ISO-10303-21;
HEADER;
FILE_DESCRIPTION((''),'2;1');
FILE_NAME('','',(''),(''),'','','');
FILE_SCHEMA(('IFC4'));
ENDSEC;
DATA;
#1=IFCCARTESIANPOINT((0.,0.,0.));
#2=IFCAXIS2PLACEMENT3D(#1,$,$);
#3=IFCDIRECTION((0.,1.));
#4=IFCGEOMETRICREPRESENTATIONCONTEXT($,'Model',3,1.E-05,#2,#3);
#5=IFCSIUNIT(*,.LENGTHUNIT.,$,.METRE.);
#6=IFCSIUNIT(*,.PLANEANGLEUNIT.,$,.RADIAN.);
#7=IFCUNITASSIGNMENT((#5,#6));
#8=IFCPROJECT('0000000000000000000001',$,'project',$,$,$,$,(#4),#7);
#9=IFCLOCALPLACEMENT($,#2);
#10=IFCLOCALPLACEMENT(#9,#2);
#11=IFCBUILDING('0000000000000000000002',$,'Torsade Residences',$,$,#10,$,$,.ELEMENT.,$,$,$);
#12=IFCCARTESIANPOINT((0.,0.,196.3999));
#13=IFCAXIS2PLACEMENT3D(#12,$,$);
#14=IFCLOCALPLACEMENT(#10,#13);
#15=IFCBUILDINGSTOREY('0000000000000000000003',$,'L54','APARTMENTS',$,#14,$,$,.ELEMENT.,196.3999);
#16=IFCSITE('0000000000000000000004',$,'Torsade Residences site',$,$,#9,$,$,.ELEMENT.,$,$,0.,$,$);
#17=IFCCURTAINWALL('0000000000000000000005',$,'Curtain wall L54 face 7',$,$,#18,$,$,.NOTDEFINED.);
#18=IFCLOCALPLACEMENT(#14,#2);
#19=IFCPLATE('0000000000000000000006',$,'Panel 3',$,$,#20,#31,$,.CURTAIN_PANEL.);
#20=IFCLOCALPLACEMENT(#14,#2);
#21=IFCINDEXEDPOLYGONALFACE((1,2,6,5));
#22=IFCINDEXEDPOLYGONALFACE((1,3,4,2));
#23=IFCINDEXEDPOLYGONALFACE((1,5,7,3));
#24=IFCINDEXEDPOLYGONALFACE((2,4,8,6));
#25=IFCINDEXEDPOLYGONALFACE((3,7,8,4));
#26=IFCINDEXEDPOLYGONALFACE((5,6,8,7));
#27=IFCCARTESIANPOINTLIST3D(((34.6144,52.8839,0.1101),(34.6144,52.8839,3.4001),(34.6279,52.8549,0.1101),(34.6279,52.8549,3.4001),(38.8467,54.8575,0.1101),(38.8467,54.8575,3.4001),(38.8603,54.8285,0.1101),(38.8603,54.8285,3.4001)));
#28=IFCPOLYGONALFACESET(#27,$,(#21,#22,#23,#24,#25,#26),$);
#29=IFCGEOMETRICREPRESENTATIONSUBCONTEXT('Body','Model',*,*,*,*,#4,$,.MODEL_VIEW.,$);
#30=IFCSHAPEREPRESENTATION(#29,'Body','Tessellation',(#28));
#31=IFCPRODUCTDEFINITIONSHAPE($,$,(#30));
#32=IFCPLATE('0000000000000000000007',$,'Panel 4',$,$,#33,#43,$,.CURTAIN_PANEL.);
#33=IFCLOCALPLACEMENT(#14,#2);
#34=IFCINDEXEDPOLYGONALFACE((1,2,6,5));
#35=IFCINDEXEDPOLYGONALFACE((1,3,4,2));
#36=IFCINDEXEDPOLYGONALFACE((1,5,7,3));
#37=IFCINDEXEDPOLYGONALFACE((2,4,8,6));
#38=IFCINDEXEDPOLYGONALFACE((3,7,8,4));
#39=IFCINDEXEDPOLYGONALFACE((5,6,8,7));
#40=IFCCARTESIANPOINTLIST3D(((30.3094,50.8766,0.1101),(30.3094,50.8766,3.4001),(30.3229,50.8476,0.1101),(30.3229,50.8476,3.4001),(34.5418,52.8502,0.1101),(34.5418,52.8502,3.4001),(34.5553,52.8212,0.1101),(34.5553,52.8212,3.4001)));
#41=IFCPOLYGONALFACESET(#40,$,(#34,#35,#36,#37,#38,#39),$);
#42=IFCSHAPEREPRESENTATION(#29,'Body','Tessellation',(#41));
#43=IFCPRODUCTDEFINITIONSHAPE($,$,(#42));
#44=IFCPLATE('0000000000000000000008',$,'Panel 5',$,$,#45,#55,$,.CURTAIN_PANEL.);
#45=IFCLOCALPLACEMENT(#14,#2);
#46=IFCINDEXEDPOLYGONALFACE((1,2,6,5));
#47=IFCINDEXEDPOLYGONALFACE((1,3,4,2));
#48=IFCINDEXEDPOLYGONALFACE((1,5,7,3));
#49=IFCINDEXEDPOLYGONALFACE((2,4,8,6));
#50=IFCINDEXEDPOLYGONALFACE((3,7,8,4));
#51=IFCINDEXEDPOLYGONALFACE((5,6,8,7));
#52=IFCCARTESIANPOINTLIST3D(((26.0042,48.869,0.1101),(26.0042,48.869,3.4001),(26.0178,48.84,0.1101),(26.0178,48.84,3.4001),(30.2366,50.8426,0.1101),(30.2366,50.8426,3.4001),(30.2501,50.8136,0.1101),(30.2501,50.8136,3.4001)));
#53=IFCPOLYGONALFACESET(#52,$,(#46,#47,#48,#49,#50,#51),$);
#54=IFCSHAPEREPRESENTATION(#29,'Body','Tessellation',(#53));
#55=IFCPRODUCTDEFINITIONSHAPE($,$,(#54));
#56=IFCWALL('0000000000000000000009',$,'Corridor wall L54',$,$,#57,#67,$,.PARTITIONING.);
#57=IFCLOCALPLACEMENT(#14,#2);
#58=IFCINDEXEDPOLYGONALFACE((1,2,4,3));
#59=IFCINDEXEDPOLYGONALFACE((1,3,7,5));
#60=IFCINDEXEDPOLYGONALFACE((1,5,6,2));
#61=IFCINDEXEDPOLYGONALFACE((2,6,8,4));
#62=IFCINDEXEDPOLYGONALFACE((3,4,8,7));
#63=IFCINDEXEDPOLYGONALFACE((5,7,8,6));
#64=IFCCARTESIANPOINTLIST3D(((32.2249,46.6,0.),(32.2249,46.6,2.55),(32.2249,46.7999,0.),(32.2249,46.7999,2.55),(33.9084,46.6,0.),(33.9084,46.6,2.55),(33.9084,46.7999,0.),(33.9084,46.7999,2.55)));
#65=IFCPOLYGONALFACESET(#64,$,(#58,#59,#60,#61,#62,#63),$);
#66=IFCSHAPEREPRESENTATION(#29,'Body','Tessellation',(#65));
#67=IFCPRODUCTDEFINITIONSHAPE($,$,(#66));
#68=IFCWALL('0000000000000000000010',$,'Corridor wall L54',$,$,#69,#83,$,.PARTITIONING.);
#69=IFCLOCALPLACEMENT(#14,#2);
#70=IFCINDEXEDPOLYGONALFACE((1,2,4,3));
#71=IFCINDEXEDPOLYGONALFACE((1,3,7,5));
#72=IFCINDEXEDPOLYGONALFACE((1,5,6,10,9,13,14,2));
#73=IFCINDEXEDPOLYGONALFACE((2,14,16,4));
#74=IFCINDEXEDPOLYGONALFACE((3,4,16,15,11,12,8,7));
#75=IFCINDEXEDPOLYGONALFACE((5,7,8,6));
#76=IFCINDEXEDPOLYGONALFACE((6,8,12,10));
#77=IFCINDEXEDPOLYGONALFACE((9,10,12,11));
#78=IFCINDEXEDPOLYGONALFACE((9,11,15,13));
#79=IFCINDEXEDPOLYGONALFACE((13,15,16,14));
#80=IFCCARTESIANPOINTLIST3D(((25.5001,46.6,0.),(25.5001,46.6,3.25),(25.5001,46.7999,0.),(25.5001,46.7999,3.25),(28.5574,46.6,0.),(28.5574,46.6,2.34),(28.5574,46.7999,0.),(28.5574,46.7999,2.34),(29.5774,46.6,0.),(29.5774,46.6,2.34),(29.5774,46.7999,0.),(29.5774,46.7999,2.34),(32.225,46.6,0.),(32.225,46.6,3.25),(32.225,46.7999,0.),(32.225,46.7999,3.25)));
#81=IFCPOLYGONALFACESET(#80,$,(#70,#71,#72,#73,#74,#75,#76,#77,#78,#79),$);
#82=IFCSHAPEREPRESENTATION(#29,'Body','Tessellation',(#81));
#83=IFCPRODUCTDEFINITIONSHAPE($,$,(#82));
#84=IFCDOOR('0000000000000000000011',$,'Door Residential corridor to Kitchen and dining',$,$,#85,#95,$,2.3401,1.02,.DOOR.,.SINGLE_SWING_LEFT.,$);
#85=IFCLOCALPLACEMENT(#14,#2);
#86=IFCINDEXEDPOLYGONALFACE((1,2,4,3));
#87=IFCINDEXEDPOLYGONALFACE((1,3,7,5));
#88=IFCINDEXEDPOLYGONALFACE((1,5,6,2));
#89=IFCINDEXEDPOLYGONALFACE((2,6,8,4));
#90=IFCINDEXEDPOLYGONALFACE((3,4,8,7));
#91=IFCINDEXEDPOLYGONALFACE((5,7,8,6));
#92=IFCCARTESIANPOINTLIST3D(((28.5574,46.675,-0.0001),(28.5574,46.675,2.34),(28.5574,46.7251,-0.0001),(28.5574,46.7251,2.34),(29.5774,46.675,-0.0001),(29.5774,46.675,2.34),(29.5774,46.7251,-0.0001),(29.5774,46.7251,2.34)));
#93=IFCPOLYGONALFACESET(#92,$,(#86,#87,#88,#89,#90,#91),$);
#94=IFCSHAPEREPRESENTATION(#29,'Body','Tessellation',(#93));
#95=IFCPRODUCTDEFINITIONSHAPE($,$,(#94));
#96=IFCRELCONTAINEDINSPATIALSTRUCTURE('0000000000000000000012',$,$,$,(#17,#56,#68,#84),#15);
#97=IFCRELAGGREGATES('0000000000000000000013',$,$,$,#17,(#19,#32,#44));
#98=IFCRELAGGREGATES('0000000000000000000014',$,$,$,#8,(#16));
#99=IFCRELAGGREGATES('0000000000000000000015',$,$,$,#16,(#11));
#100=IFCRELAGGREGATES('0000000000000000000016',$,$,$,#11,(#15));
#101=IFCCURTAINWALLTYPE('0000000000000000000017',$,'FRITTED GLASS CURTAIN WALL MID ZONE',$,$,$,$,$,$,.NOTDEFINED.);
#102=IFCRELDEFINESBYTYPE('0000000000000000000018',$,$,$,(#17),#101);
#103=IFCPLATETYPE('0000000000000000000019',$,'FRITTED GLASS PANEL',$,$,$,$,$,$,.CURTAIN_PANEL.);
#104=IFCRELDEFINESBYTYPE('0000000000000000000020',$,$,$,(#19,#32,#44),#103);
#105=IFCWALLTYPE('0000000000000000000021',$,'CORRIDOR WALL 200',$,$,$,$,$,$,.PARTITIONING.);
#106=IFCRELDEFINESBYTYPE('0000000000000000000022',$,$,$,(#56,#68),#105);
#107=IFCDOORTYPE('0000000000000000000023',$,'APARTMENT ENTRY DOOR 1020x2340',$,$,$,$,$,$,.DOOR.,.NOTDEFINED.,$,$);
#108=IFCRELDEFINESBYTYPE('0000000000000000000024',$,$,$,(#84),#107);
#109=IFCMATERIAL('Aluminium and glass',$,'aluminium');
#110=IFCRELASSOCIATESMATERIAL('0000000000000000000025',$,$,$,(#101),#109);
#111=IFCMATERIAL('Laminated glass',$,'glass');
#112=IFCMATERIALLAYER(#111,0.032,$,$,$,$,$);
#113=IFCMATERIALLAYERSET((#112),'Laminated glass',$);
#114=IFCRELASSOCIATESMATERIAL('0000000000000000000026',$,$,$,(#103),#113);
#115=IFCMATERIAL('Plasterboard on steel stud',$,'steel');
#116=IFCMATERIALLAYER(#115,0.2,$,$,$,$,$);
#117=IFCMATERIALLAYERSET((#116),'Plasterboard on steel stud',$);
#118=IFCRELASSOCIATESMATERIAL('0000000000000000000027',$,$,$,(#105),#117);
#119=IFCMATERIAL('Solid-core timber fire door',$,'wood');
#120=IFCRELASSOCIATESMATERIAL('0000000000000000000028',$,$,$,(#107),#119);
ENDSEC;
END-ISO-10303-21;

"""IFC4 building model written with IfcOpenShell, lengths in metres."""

from ifc_helpers import new_model, si_unit, direction, frame, frame_2d, origin, origin_2d, place, context, subcontext, project, spatial, rectangle, extrude, material, layer, layer_set, type_object, element, fill, aggregate, save


model = new_model("IFC4")

# Units and contexts
model_context = context("Model", 3, precision=1e-05, world=origin(), true_north=direction((0.0, 1.0)))
body_context = subcontext(model_context, "Body", "Model", "MODEL_VIEW")
ifc_project = project(units=[si_unit("LENGTHUNIT", "METRE"), si_unit("PLANEANGLEUNIT", "RADIAN")], contexts=[model_context])

# Site, building, storey
site_placement = place(None, origin())
site = spatial("IfcSite", under=ifc_project, at=site_placement, Name="Torsade Residences site", CompositionType="ELEMENT", RefElevation=0.0)
building_placement = place(site_placement, origin())
building = spatial("IfcBuilding", under=site, at=building_placement, Name="Torsade Residences", CompositionType="ELEMENT")
storey_placement = place(building_placement, frame((0.0, 0.0, 196.3999)))
storey = spatial("IfcBuildingStorey", under=building, at=storey_placement, Name="L54", Description="APARTMENTS", CompositionType="ELEMENT", Elevation=196.3999)

# Curtain wall
ifc_material_1 = material(Name="Aluminium and glass", Category="aluminium")
curtain_wall_type = type_object("IfcCurtainWallType", Name="FRITTED GLASS CURTAIN WALL MID ZONE", PredefinedType="NOTDEFINED", material=ifc_material_1)
curtain_wall_placement = place(storey_placement, origin())
curtain_wall = element("IfcCurtainWall", 1, at=curtain_wall_placement, inside=storey, type_object=curtain_wall_type, Name="Curtain wall L54 face 7", PredefinedType="NOTDEFINED")

# Plates
ifc_material_2 = material(Name="Laminated glass", Category="glass")
ifc_layer_1 = layer(ifc_material_2, 0.032)
ifc_layer_set_1 = layer_set([ifc_layer_1], Name="Laminated glass")
plate_type = type_object("IfcPlateType", Name="FRITTED GLASS PANEL", PredefinedType="CURTAIN_PANEL", material=ifc_layer_set_1)
plate_1_placement = place(storey_placement, frame((36.7373, 53.8562, 0.1101), z_axis=(0.0, 0.0, 1.0), x_axis=(-0.906308, -0.422618, 0.0)))
plate_1 = element("IfcPlate", 2, at=plate_1_placement, type_object=plate_type, Name="Panel 3", PredefinedType="CURTAIN_PANEL", context=body_context, shape_type="SweptSolid", body=[
    extrude(rectangle(XDim=4.6699, YDim=0.032, at=origin_2d()), origin(), (0.0, 0.0, 1.0), 3.29),
])
plate_2_placement = place(storey_placement, frame((32.4324, 51.8489, 0.1101), z_axis=(0.0, 0.0, 1.0), x_axis=(-0.906308, -0.422618, 0.0)))
plate_2 = element("IfcPlate", 3, at=plate_2_placement, type_object=plate_type, Name="Panel 4", PredefinedType="CURTAIN_PANEL", context=body_context, shape_type="SweptSolid", body=[
    extrude(rectangle(XDim=4.6699, YDim=0.032, at=origin_2d()), origin(), (0.0, 0.0, 1.0), 3.29),
])
plate_3_placement = place(storey_placement, frame((28.1272, 49.8413, 0.1101), z_axis=(0.0, 0.0, 1.0), x_axis=(-0.906308, -0.422618, 0.0)))
plate_3 = element("IfcPlate", 4, at=plate_3_placement, type_object=plate_type, Name="Panel 5", PredefinedType="CURTAIN_PANEL", context=body_context, shape_type="SweptSolid", body=[
    extrude(rectangle(XDim=4.6699, YDim=0.032, at=origin_2d()), origin(), (0.0, 0.0, 1.0), 3.29),
])
aggregate(curtain_wall, [plate_1, plate_2, plate_3])

# Wall
ifc_material_3 = material(Name="Plasterboard on steel stud", Category="steel")
ifc_layer_2 = layer(ifc_material_3, 0.2)
ifc_layer_set_2 = layer_set([ifc_layer_2], Name="Plasterboard on steel stud")
wall_type_1 = type_object("IfcWallType", Name="CORRIDOR WALL 200", PredefinedType="PARTITIONING", material=ifc_layer_set_2)
wall_1_placement = place(storey_placement, frame((33.9084, 46.7, 0.0), z_axis=(0.0, 0.0, 1.0), x_axis=(-1.0, 0.0, 0.0)))
element("IfcWall", 5, at=wall_1_placement, inside=storey, type_object=wall_type_1, Name="Corridor wall L54", PredefinedType="PARTITIONING", context=body_context, shape_type="SweptSolid", body=[
    extrude(rectangle(XDim=1.6836, YDim=0.2, at=frame_2d((0.8418, 0.0))), origin(), (0.0, 0.0, 1.0), 2.55),
])

# Wall, opening, door
wall_2_placement = place(storey_placement, frame((32.2249, 46.7, 0.0), z_axis=(0.0, 0.0, 1.0), x_axis=(-1.0, 0.0, 0.0)))
wall_2 = element("IfcWall", 6, at=wall_2_placement, inside=storey, type_object=wall_type_1, Name="Corridor wall L54", PredefinedType="PARTITIONING", context=body_context, shape_type="SweptSolid", body=[
    extrude(rectangle(XDim=6.7249, YDim=0.2, at=frame_2d((3.3623, 0.0))), origin(), (0.0, 0.0, 1.0), 3.25),
])
opening_1_placement = place(wall_2_placement, frame((2.6475, 0.0, 0.0)))
opening_1 = element("IfcOpeningElement", 7, at=opening_1_placement, cuts=wall_2, PredefinedType="OPENING", context=body_context, shape_type="SweptSolid", body=[
    extrude(rectangle(XDim=1.02, YDim=2.3401, at=frame_2d((0.51, 1.1699))), frame((0.0, 0.1099, 0.0), z_axis=(0.0, -1.0, 0.0), x_axis=(1.0, 0.0, 0.0)), (0.0, 0.0, 1.0), 0.22),
])
ifc_material_4 = material(Name="Solid-core timber fire door", Category="wood")
door_type_1 = type_object("IfcDoorType", Name="APARTMENT ENTRY DOOR 1020x2340", OperationType="NOTDEFINED", PredefinedType="DOOR", material=ifc_material_4)
door_1_placement = place(opening_1_placement, origin())
door_1 = element("IfcDoor", 8, at=door_1_placement, inside=storey, type_object=door_type_1, Name="Door Residential corridor to Kitchen and dining", OperationType="SINGLE_SWING_LEFT", OverallHeight=2.3401, OverallWidth=1.02, PredefinedType="DOOR", context=body_context, shape_type="SweptSolid", body=[
    extrude(rectangle(XDim=1.02, YDim=2.3401, at=frame_2d((0.51, 1.1699))), frame((0.0, 0.0249, 0.0), z_axis=(0.0, -1.0, 0.0), x_axis=(1.0, 0.0, 0.0)), (0.0, 0.0, 1.0), 0.05),
])
fill(opening_1, door_1)

save(model, "model.ifc")
